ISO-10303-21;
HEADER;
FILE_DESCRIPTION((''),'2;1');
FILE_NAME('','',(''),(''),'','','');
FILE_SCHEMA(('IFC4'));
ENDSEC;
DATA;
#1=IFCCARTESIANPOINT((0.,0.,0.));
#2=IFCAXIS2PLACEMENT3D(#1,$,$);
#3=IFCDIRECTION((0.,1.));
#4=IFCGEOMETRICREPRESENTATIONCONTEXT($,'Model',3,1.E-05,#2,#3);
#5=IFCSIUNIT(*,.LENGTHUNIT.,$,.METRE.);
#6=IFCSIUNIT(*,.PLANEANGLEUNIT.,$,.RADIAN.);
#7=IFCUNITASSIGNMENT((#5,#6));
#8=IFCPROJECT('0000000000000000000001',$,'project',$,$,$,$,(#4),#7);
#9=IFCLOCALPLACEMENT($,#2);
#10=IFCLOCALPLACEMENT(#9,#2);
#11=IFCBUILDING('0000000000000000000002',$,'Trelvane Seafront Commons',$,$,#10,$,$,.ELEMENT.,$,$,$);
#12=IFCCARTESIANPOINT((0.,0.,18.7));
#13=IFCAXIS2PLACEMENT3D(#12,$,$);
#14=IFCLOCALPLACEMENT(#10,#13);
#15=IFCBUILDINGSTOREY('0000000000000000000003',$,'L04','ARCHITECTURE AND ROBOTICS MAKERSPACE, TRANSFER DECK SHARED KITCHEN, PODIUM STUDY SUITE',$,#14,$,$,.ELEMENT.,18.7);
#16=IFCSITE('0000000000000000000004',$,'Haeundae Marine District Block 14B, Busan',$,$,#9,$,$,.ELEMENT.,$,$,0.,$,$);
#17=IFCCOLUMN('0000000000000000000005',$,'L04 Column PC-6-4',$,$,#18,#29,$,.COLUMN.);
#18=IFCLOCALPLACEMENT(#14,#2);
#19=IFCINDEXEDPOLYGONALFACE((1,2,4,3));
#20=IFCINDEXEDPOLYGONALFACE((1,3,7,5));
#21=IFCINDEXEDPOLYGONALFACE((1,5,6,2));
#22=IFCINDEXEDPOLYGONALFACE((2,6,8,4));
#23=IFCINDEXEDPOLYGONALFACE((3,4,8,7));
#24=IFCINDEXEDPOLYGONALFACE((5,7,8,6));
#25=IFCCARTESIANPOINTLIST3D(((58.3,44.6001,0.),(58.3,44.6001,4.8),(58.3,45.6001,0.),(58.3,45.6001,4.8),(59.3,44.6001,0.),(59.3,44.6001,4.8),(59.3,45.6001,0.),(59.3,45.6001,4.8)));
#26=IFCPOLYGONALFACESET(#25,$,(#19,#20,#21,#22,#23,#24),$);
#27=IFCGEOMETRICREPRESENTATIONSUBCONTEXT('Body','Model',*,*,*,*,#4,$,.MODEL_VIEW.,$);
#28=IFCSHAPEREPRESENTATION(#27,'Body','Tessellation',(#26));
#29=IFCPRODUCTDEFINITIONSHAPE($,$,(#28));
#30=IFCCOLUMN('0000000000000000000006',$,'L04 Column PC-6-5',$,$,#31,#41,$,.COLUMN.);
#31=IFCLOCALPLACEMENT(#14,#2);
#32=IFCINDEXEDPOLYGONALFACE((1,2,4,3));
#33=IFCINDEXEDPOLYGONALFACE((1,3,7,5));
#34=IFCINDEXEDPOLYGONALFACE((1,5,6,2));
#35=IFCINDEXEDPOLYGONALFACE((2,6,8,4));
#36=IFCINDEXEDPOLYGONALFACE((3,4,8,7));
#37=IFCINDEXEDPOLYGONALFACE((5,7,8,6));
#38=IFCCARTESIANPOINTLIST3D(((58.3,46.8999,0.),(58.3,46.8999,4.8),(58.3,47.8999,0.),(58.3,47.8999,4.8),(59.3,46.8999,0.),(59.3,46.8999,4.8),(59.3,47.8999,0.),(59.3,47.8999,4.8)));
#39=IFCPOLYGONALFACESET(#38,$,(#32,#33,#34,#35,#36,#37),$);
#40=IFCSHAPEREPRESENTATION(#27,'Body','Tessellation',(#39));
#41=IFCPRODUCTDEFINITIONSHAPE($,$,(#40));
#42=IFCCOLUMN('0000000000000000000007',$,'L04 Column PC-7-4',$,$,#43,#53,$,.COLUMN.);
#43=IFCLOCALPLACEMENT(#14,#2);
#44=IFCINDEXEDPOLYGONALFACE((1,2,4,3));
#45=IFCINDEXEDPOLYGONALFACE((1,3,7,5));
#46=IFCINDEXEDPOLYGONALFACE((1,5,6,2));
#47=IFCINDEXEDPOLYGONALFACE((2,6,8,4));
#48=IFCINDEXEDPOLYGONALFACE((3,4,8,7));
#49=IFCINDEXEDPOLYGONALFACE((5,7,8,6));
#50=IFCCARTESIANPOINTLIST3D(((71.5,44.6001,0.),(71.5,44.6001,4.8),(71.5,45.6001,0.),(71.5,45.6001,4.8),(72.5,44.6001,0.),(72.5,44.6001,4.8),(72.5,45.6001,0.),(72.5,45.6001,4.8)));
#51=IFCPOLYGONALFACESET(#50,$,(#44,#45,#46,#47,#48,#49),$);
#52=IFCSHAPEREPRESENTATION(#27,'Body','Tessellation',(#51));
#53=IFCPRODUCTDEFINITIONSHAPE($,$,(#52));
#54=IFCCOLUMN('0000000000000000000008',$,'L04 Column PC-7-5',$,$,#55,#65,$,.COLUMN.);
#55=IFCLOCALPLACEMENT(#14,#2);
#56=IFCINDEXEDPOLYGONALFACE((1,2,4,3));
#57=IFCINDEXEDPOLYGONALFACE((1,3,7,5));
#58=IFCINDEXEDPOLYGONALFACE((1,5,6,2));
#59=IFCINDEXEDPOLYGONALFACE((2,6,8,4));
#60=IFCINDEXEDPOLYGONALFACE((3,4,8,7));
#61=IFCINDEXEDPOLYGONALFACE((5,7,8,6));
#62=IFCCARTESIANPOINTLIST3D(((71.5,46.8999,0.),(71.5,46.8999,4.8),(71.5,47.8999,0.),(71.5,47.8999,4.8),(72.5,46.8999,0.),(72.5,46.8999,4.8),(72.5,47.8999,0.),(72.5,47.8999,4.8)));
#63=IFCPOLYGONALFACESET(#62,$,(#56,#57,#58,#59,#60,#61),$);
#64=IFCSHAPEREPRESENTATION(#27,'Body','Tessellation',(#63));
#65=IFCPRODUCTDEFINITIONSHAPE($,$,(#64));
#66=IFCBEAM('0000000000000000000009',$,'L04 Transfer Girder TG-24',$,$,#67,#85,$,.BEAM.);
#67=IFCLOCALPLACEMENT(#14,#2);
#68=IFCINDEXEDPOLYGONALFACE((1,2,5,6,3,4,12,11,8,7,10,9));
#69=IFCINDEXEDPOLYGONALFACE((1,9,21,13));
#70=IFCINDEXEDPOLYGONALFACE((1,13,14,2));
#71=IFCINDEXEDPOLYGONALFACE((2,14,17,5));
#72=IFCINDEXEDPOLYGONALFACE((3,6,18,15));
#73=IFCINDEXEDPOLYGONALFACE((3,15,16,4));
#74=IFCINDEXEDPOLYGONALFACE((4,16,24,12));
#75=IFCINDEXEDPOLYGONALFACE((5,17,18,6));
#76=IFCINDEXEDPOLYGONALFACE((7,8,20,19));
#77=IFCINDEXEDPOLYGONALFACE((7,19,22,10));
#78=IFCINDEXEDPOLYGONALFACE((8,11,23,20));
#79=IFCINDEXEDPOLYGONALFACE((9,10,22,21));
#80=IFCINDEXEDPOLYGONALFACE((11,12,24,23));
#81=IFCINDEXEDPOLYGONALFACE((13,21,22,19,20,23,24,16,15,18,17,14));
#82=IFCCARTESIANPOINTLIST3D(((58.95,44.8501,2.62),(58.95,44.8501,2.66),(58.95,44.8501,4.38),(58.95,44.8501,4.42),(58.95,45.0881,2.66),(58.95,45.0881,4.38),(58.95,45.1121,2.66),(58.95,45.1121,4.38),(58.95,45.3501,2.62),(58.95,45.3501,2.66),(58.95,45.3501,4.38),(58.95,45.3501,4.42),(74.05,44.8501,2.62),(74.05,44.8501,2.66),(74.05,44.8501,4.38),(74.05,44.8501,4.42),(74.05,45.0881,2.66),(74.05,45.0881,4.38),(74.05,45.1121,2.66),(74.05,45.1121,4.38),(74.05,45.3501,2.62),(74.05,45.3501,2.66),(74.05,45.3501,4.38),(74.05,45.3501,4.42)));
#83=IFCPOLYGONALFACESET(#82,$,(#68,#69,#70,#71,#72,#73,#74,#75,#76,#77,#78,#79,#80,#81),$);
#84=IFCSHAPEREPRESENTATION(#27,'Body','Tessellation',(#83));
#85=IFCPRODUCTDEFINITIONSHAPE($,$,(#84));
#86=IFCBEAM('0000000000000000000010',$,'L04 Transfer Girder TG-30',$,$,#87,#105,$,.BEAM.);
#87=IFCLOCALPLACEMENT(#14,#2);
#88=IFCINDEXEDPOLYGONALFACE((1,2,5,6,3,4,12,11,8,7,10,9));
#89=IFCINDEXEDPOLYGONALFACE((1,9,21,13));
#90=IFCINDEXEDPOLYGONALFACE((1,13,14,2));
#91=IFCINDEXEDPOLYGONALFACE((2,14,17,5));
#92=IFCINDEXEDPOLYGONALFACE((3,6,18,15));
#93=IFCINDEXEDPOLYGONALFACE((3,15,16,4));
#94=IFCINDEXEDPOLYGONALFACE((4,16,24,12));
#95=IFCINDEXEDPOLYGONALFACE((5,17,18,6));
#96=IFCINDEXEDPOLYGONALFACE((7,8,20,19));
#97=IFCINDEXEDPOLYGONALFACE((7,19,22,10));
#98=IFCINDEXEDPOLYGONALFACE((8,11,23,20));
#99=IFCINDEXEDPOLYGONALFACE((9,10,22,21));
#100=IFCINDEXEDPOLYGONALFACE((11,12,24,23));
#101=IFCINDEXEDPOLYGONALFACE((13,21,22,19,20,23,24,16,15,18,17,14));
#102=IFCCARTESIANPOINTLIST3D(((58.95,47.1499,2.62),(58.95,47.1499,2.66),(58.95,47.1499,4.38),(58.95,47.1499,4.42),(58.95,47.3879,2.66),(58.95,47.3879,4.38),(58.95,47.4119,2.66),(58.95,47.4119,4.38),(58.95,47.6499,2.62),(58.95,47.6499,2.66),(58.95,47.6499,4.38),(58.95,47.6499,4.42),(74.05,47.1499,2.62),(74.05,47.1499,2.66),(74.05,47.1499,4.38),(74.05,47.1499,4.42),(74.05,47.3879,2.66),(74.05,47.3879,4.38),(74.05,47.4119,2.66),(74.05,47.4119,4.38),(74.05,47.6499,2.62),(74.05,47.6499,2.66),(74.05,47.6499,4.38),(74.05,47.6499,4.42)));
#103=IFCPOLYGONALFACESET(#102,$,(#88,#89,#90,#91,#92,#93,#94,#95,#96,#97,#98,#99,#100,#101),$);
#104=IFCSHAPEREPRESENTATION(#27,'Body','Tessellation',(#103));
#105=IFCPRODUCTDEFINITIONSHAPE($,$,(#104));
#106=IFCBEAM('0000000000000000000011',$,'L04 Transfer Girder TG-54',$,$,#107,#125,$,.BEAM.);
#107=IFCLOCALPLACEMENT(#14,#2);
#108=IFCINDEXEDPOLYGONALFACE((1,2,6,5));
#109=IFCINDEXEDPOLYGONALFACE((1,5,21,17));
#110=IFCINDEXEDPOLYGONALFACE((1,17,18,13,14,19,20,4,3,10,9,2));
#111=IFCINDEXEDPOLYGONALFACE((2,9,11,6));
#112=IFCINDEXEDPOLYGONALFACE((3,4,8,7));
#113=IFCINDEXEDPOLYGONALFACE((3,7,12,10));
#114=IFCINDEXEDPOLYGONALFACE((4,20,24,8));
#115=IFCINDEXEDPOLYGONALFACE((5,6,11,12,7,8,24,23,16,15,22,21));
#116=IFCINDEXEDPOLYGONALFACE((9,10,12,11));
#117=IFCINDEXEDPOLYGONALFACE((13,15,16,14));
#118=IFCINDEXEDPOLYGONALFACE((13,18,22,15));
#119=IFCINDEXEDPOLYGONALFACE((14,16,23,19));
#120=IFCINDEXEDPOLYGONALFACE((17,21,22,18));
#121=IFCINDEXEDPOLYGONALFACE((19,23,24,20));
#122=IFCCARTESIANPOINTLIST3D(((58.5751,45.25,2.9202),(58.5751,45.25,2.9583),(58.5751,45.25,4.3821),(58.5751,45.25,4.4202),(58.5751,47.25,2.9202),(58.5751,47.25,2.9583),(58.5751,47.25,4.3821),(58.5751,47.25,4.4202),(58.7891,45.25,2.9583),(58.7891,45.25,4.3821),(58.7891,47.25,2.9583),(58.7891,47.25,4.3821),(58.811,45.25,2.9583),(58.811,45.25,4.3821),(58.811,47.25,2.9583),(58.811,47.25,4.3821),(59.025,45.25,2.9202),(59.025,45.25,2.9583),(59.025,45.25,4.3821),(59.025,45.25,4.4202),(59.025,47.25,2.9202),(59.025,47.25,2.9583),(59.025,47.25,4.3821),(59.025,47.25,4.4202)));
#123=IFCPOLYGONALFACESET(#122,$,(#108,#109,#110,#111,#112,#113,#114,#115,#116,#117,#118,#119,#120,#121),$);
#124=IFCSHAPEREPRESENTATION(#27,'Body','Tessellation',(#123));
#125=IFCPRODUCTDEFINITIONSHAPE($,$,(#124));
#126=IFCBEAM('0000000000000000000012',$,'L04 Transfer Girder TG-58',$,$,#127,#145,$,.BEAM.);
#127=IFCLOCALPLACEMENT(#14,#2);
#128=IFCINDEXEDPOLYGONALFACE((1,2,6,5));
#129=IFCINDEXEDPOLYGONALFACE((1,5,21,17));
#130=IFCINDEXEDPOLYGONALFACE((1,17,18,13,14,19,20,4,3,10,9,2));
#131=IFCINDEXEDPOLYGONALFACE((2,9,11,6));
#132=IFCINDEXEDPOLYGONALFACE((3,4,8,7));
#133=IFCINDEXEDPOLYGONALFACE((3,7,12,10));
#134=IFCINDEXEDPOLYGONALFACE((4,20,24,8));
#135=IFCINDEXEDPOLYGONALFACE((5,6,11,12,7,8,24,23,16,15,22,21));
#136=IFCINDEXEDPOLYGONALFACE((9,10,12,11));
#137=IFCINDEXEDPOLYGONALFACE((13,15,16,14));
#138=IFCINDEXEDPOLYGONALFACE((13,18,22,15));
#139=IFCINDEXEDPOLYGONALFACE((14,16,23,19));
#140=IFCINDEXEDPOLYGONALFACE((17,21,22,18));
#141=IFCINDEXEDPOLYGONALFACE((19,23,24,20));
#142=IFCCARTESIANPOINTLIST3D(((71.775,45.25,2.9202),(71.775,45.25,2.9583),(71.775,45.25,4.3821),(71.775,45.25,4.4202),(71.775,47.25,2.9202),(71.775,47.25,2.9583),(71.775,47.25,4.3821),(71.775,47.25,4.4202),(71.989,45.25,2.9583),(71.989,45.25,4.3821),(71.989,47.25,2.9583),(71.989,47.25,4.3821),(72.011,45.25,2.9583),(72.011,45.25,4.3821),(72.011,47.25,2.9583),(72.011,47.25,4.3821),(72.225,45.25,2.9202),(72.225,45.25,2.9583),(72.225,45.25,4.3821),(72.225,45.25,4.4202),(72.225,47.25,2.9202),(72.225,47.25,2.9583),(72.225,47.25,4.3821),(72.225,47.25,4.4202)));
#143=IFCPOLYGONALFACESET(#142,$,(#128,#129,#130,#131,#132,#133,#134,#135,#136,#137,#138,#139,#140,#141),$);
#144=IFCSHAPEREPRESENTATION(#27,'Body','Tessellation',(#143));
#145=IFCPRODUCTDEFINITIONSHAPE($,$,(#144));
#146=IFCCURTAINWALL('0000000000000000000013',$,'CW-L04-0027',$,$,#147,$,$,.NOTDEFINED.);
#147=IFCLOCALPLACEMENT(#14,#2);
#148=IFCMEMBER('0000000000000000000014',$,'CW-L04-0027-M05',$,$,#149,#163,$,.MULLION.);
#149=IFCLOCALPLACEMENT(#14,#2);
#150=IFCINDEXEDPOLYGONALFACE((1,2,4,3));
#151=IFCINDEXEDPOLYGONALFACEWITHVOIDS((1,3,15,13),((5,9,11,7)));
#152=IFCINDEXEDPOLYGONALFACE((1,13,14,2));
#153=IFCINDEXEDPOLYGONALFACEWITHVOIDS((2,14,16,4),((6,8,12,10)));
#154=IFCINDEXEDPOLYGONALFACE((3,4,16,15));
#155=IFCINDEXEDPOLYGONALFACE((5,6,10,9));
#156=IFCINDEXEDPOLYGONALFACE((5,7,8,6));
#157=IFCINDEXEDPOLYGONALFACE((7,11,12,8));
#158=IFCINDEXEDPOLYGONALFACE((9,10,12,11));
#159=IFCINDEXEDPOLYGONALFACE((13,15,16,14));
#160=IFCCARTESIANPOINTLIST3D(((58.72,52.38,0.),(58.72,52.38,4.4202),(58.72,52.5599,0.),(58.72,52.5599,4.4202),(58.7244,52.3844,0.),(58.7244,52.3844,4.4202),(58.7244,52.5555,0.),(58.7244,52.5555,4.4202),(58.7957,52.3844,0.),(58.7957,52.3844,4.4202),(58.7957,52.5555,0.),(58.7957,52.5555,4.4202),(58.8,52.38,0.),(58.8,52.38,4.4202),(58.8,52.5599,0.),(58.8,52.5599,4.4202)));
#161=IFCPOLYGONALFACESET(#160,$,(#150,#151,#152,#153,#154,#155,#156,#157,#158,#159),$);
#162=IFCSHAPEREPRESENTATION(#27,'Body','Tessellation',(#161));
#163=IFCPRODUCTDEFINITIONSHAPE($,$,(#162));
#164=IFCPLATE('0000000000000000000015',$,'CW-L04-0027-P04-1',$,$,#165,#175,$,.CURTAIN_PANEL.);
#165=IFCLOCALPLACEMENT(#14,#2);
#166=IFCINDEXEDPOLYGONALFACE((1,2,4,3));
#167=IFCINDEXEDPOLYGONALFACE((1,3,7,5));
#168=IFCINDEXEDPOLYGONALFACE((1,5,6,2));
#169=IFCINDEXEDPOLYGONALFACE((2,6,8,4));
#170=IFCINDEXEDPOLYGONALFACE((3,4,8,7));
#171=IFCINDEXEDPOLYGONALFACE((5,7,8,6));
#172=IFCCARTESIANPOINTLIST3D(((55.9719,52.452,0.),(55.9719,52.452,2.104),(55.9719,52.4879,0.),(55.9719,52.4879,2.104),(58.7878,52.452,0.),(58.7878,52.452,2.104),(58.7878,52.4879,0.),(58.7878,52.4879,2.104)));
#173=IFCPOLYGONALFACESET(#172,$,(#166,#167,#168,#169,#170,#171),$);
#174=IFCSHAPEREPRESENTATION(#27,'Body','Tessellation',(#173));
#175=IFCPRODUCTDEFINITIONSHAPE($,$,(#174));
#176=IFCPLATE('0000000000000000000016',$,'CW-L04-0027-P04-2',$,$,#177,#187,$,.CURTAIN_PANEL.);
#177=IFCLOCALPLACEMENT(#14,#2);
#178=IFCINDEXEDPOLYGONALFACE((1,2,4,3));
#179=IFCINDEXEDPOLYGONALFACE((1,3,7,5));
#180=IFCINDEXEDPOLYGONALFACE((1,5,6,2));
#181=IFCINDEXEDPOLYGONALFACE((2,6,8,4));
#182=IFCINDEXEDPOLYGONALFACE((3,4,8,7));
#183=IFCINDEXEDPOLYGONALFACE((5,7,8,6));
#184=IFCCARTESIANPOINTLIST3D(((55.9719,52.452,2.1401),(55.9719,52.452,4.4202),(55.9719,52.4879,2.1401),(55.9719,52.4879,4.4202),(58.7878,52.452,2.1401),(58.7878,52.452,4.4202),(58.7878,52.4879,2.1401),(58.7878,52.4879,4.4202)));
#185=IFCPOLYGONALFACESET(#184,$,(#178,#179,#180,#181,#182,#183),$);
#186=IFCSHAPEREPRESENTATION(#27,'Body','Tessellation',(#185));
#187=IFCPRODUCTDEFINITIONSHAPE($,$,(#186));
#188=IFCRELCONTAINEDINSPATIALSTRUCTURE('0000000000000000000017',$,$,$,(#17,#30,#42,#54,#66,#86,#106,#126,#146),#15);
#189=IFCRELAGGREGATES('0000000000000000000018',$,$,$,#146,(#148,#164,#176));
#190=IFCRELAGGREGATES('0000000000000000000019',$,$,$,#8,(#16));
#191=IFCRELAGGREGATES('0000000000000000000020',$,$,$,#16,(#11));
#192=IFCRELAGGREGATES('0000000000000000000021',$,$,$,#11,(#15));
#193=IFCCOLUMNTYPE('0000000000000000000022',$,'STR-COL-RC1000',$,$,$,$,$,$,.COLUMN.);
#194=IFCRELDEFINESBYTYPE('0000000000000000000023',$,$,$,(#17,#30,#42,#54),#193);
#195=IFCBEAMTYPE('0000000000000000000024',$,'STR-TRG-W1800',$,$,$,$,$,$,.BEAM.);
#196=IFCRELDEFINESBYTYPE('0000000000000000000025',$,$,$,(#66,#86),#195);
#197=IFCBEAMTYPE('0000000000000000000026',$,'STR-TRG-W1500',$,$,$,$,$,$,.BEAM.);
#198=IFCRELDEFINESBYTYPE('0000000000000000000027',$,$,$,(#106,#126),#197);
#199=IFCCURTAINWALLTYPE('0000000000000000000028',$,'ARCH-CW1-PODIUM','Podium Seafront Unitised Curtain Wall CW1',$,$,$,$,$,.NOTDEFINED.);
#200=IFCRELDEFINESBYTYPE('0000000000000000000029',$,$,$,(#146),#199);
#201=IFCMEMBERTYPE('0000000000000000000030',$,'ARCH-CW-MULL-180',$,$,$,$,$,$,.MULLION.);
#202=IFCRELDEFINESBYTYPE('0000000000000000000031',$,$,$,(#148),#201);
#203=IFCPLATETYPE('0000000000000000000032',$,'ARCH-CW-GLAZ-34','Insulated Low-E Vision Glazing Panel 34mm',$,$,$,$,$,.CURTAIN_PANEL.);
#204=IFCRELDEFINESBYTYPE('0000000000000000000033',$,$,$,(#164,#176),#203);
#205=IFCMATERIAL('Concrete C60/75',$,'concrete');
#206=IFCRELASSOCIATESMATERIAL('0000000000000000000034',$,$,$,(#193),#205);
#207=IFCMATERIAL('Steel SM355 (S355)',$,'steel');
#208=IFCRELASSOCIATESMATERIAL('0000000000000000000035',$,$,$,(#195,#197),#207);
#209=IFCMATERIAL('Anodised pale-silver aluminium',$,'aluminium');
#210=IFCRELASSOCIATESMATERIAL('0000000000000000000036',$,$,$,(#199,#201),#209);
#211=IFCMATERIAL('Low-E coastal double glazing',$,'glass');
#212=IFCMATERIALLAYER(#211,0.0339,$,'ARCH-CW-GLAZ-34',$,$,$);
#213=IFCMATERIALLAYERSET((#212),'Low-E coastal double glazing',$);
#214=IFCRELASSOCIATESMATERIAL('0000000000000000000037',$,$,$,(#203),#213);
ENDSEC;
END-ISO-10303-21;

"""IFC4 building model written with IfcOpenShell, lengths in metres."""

from ifc_helpers import new_model, si_unit, direction, frame, origin, origin_2d, place, context, subcontext, project, spatial, rectangle, hollow_rectangle, i_section, extrude, source, transform, mapped, material, layer, layer_set, material_profile, profile_set, type_object, element, aggregate, save


model = new_model("IFC4")

# Units and contexts
model_context = context("Model", 3, precision=1e-05, world=origin(), true_north=direction((0.0, 1.0)))
body_context = subcontext(model_context, "Body", "Model", "MODEL_VIEW")
ifc_project = project(units=[si_unit("LENGTHUNIT", "METRE"), si_unit("PLANEANGLEUNIT", "RADIAN")], contexts=[model_context])

# Site, building, storey
site_placement = place(None, origin())
site = spatial("IfcSite", under=ifc_project, at=site_placement, Name="Haeundae Marine District Block 14B, Busan", CompositionType="ELEMENT", RefElevation=0.0)
building_placement = place(site_placement, origin())
building = spatial("IfcBuilding", under=site, at=building_placement, Name="Trelvane Seafront Commons", CompositionType="ELEMENT")
storey_placement = place(building_placement, frame((0.0, 0.0, 18.7)))
storey = spatial("IfcBuildingStorey", under=building, at=storey_placement, Name="L04", Description="ARCHITECTURE AND ROBOTICS MAKERSPACE, TRANSFER DECK SHARED KITCHEN, PODIUM STUDY SUITE", CompositionType="ELEMENT", Elevation=18.7)

# Columns
ifc_material_1 = material(Name="Concrete C60/75", Category="concrete")
ifc_material_profile_1 = material_profile(ifc_material_1, rectangle(XDim=1.0, YDim=1.0, at=origin_2d()), Name="RC-1000x1000")
ifc_profile_set_1 = profile_set([ifc_material_profile_1], Name="Concrete C60/75")
column_type = type_object("IfcColumnType", Name="STR-COL-RC1000", PredefinedType="COLUMN", material=ifc_profile_set_1)
shared_shape_1 = source(origin(), body_context, "Body", "SweptSolid", [
    extrude(rectangle(XDim=1.0, YDim=1.0, at=origin_2d()), origin(), (0.0, 0.0, 1.0), 4.8),
])
for number, where, z_axis, x_axis, name in (
    (1, (58.8, 45.1001, 0.0), (0.0, 0.0, 1.0), (1.0, 0.0, 0.0), "L04 Column PC-6-4"),
    (2, (58.8, 47.3999, 0.0), (0.0, 0.0, 1.0), (1.0, 0.0, 0.0), "L04 Column PC-6-5"),
    (3, (72.0, 45.1001, 0.0), (0.0, 0.0, 1.0), (1.0, 0.0, 0.0), "L04 Column PC-7-4"),
    (4, (72.0, 47.3999, 0.0), (0.0, 0.0, 1.0), (1.0, 0.0, 0.0), "L04 Column PC-7-5"),
):
    element("IfcColumn", number, at=place(storey_placement, frame(where, z_axis=z_axis, x_axis=x_axis)), inside=storey, type_object=column_type, Name=name, PredefinedType="COLUMN", context=body_context, shape_type="MappedRepresentation", body=[
        mapped(shared_shape_1, transform((0.0, 0.0, 0.0), x_axis=(1.0, 0.0, 0.0), y_axis=(0.0, 1.0, 0.0), z_axis=(0.0, 0.0, 1.0), scale=1.0)),
    ])

# Beams
ifc_material_2 = material(Name="Steel SM355 (S355)", Category="steel")
ifc_material_profile_2 = material_profile(ifc_material_2, i_section(OverallWidth=0.5, OverallDepth=1.8, WebThickness=0.0239, FlangeThickness=0.04, at=origin_2d()), Name="W-1800x500x24x40")
ifc_profile_set_2 = profile_set([ifc_material_profile_2], Name="Steel SM355 (S355)")
beam_type_1 = type_object("IfcBeamType", Name="STR-TRG-W1800", PredefinedType="BEAM", material=ifc_profile_set_2)
shared_shape_2 = source(origin(), body_context, "Body", "SweptSolid", [
    extrude(i_section(OverallWidth=0.5, OverallDepth=1.8, WebThickness=0.0239, FlangeThickness=0.04, at=origin_2d()), origin(), (0.0, 0.0, 1.0), 15.1001),
])
for number, where, z_axis, x_axis, name in (
    (5, (58.95, 45.1001, 3.52), (1.0, 0.0, 0.0), (0.0, 1.0, 0.0), "L04 Transfer Girder TG-24"),
    (6, (58.95, 47.3999, 3.52), (1.0, 0.0, 0.0), (0.0, 1.0, 0.0), "L04 Transfer Girder TG-30"),
):
    element("IfcBeam", number, at=place(storey_placement, frame(where, z_axis=z_axis, x_axis=x_axis)), inside=storey, type_object=beam_type_1, Name=name, PredefinedType="BEAM", context=body_context, shape_type="MappedRepresentation", body=[
        mapped(shared_shape_2, transform((0.0, 0.0, 0.0), x_axis=(1.0, 0.0, 0.0), y_axis=(0.0, 1.0, 0.0), z_axis=(0.0, 0.0, 1.0), scale=1.0)),
    ])
ifc_material_profile_3 = material_profile(ifc_material_2, i_section(OverallWidth=0.45, OverallDepth=1.5, WebThickness=0.022, FlangeThickness=0.0381, at=origin_2d()), Name="W-1500x450x22x38")
ifc_profile_set_3 = profile_set([ifc_material_profile_3], Name="Steel SM355 (S355)")
beam_type_2 = type_object("IfcBeamType", Name="STR-TRG-W1500", PredefinedType="BEAM", material=ifc_profile_set_3)
shared_shape_3 = source(origin(), body_context, "Body", "SweptSolid", [
    extrude(i_section(OverallWidth=0.45, OverallDepth=1.5, WebThickness=0.022, FlangeThickness=0.0381, at=origin_2d()), origin(), (0.0, 0.0, 1.0), 2.0),
])
for number, where, z_axis, x_axis, name in (
    (7, (58.8, 45.25, 3.6702), (0.0, 1.0, 0.0), (-1.0, 0.0, 0.0), "L04 Transfer Girder TG-54"),
    (8, (72.0, 45.25, 3.6702), (0.0, 1.0, 0.0), (-1.0, 0.0, 0.0), "L04 Transfer Girder TG-58"),
):
    element("IfcBeam", number, at=place(storey_placement, frame(where, z_axis=z_axis, x_axis=x_axis)), inside=storey, type_object=beam_type_2, Name=name, PredefinedType="BEAM", context=body_context, shape_type="MappedRepresentation", body=[
        mapped(shared_shape_3, transform((0.0, 0.0, 0.0), x_axis=(1.0, 0.0, 0.0), y_axis=(0.0, 1.0, 0.0), z_axis=(0.0, 0.0, 1.0), scale=1.0)),
    ])

# Curtain wall, member, plates
ifc_material_3 = material(Name="Anodised pale-silver aluminium", Category="aluminium")
curtain_wall_type = type_object("IfcCurtainWallType", Name="ARCH-CW1-PODIUM", Description="Podium Seafront Unitised Curtain Wall CW1", PredefinedType="NOTDEFINED", material=ifc_material_3)
curtain_wall_placement = place(storey_placement, origin())
curtain_wall = element("IfcCurtainWall", 9, at=curtain_wall_placement, inside=storey, type_object=curtain_wall_type, Name="CW-L04-0027", PredefinedType="NOTDEFINED")
ifc_material_profile_4 = material_profile(ifc_material_3, hollow_rectangle(XDim=0.0801, YDim=0.1799, WallThickness=0.0044, at=origin_2d()), Name="MULL-80x180x4.5")
ifc_profile_set_4 = profile_set([ifc_material_profile_4], Name="Anodised pale-silver aluminium")
member_type = type_object("IfcMemberType", Name="ARCH-CW-MULL-180", PredefinedType="MULLION", material=ifc_profile_set_4)
shared_shape_4 = source(origin(), body_context, "Body", "SweptSolid", [
    extrude(hollow_rectangle(XDim=0.0801, YDim=0.1799, WallThickness=0.0044, at=origin_2d()), origin(), (0.0, 0.0, 1.0), 4.4202),
])
member_placement = place(storey_placement, frame((58.76, 52.47, 0.0), z_axis=(0.0, 0.0, 1.0), x_axis=(1.0, 0.0, 0.0)))
member = element("IfcMember", 10, at=member_placement, type_object=member_type, Name="CW-L04-0027-M05", PredefinedType="MULLION", context=body_context, shape_type="MappedRepresentation", body=[
    mapped(shared_shape_4, transform((0.0, 0.0, 0.0), x_axis=(1.0, 0.0, 0.0), y_axis=(0.0, 1.0, 0.0), z_axis=(0.0, 0.0, 1.0), scale=1.0)),
])
ifc_material_4 = material(Name="Low-E coastal double glazing", Category="glass")
ifc_layer_1 = layer(ifc_material_4, 0.0339, Name="ARCH-CW-GLAZ-34")
ifc_layer_set_1 = layer_set([ifc_layer_1], Name="Low-E coastal double glazing")
plate_type = type_object("IfcPlateType", Name="ARCH-CW-GLAZ-34", Description="Insulated Low-E Vision Glazing Panel 34mm", PredefinedType="CURTAIN_PANEL", material=ifc_layer_set_1)
shared_shape_5 = source(origin(), body_context, "Body", "SweptSolid", [
    extrude(rectangle(XDim=2.8159, YDim=0.0359, at=origin_2d()), origin(), (0.0, 0.0, 1.0), 2.104),
])
plate_1_placement = place(storey_placement, frame((57.3799, 52.47, 0.0), z_axis=(0.0, 0.0, 1.0), x_axis=(1.0, 0.0, 0.0)))
plate_1 = element("IfcPlate", 11, at=plate_1_placement, type_object=plate_type, Name="CW-L04-0027-P04-1", PredefinedType="CURTAIN_PANEL", context=body_context, shape_type="MappedRepresentation", body=[
    mapped(shared_shape_5, transform((0.0, 0.0, 0.0), x_axis=(1.0, 0.0, 0.0), y_axis=(0.0, 1.0, 0.0), z_axis=(0.0, 0.0, 1.0), scale=1.0)),
])
shared_shape_6 = source(origin(), body_context, "Body", "SweptSolid", [
    extrude(rectangle(XDim=2.8159, YDim=0.0359, at=origin_2d()), origin(), (0.0, 0.0, 1.0), 2.28),
])
plate_2_placement = place(storey_placement, frame((57.3799, 52.47, 2.1401), z_axis=(0.0, 0.0, 1.0), x_axis=(1.0, 0.0, 0.0)))
plate_2 = element("IfcPlate", 12, at=plate_2_placement, type_object=plate_type, Name="CW-L04-0027-P04-2", PredefinedType="CURTAIN_PANEL", context=body_context, shape_type="MappedRepresentation", body=[
    mapped(shared_shape_6, transform((0.0, 0.0, 0.0), x_axis=(1.0, 0.0, 0.0), y_axis=(0.0, 1.0, 0.0), z_axis=(0.0, 0.0, 1.0), scale=1.0)),
])
aggregate(curtain_wall, [member, plate_1, plate_2])

save(model, "model.ifc")
